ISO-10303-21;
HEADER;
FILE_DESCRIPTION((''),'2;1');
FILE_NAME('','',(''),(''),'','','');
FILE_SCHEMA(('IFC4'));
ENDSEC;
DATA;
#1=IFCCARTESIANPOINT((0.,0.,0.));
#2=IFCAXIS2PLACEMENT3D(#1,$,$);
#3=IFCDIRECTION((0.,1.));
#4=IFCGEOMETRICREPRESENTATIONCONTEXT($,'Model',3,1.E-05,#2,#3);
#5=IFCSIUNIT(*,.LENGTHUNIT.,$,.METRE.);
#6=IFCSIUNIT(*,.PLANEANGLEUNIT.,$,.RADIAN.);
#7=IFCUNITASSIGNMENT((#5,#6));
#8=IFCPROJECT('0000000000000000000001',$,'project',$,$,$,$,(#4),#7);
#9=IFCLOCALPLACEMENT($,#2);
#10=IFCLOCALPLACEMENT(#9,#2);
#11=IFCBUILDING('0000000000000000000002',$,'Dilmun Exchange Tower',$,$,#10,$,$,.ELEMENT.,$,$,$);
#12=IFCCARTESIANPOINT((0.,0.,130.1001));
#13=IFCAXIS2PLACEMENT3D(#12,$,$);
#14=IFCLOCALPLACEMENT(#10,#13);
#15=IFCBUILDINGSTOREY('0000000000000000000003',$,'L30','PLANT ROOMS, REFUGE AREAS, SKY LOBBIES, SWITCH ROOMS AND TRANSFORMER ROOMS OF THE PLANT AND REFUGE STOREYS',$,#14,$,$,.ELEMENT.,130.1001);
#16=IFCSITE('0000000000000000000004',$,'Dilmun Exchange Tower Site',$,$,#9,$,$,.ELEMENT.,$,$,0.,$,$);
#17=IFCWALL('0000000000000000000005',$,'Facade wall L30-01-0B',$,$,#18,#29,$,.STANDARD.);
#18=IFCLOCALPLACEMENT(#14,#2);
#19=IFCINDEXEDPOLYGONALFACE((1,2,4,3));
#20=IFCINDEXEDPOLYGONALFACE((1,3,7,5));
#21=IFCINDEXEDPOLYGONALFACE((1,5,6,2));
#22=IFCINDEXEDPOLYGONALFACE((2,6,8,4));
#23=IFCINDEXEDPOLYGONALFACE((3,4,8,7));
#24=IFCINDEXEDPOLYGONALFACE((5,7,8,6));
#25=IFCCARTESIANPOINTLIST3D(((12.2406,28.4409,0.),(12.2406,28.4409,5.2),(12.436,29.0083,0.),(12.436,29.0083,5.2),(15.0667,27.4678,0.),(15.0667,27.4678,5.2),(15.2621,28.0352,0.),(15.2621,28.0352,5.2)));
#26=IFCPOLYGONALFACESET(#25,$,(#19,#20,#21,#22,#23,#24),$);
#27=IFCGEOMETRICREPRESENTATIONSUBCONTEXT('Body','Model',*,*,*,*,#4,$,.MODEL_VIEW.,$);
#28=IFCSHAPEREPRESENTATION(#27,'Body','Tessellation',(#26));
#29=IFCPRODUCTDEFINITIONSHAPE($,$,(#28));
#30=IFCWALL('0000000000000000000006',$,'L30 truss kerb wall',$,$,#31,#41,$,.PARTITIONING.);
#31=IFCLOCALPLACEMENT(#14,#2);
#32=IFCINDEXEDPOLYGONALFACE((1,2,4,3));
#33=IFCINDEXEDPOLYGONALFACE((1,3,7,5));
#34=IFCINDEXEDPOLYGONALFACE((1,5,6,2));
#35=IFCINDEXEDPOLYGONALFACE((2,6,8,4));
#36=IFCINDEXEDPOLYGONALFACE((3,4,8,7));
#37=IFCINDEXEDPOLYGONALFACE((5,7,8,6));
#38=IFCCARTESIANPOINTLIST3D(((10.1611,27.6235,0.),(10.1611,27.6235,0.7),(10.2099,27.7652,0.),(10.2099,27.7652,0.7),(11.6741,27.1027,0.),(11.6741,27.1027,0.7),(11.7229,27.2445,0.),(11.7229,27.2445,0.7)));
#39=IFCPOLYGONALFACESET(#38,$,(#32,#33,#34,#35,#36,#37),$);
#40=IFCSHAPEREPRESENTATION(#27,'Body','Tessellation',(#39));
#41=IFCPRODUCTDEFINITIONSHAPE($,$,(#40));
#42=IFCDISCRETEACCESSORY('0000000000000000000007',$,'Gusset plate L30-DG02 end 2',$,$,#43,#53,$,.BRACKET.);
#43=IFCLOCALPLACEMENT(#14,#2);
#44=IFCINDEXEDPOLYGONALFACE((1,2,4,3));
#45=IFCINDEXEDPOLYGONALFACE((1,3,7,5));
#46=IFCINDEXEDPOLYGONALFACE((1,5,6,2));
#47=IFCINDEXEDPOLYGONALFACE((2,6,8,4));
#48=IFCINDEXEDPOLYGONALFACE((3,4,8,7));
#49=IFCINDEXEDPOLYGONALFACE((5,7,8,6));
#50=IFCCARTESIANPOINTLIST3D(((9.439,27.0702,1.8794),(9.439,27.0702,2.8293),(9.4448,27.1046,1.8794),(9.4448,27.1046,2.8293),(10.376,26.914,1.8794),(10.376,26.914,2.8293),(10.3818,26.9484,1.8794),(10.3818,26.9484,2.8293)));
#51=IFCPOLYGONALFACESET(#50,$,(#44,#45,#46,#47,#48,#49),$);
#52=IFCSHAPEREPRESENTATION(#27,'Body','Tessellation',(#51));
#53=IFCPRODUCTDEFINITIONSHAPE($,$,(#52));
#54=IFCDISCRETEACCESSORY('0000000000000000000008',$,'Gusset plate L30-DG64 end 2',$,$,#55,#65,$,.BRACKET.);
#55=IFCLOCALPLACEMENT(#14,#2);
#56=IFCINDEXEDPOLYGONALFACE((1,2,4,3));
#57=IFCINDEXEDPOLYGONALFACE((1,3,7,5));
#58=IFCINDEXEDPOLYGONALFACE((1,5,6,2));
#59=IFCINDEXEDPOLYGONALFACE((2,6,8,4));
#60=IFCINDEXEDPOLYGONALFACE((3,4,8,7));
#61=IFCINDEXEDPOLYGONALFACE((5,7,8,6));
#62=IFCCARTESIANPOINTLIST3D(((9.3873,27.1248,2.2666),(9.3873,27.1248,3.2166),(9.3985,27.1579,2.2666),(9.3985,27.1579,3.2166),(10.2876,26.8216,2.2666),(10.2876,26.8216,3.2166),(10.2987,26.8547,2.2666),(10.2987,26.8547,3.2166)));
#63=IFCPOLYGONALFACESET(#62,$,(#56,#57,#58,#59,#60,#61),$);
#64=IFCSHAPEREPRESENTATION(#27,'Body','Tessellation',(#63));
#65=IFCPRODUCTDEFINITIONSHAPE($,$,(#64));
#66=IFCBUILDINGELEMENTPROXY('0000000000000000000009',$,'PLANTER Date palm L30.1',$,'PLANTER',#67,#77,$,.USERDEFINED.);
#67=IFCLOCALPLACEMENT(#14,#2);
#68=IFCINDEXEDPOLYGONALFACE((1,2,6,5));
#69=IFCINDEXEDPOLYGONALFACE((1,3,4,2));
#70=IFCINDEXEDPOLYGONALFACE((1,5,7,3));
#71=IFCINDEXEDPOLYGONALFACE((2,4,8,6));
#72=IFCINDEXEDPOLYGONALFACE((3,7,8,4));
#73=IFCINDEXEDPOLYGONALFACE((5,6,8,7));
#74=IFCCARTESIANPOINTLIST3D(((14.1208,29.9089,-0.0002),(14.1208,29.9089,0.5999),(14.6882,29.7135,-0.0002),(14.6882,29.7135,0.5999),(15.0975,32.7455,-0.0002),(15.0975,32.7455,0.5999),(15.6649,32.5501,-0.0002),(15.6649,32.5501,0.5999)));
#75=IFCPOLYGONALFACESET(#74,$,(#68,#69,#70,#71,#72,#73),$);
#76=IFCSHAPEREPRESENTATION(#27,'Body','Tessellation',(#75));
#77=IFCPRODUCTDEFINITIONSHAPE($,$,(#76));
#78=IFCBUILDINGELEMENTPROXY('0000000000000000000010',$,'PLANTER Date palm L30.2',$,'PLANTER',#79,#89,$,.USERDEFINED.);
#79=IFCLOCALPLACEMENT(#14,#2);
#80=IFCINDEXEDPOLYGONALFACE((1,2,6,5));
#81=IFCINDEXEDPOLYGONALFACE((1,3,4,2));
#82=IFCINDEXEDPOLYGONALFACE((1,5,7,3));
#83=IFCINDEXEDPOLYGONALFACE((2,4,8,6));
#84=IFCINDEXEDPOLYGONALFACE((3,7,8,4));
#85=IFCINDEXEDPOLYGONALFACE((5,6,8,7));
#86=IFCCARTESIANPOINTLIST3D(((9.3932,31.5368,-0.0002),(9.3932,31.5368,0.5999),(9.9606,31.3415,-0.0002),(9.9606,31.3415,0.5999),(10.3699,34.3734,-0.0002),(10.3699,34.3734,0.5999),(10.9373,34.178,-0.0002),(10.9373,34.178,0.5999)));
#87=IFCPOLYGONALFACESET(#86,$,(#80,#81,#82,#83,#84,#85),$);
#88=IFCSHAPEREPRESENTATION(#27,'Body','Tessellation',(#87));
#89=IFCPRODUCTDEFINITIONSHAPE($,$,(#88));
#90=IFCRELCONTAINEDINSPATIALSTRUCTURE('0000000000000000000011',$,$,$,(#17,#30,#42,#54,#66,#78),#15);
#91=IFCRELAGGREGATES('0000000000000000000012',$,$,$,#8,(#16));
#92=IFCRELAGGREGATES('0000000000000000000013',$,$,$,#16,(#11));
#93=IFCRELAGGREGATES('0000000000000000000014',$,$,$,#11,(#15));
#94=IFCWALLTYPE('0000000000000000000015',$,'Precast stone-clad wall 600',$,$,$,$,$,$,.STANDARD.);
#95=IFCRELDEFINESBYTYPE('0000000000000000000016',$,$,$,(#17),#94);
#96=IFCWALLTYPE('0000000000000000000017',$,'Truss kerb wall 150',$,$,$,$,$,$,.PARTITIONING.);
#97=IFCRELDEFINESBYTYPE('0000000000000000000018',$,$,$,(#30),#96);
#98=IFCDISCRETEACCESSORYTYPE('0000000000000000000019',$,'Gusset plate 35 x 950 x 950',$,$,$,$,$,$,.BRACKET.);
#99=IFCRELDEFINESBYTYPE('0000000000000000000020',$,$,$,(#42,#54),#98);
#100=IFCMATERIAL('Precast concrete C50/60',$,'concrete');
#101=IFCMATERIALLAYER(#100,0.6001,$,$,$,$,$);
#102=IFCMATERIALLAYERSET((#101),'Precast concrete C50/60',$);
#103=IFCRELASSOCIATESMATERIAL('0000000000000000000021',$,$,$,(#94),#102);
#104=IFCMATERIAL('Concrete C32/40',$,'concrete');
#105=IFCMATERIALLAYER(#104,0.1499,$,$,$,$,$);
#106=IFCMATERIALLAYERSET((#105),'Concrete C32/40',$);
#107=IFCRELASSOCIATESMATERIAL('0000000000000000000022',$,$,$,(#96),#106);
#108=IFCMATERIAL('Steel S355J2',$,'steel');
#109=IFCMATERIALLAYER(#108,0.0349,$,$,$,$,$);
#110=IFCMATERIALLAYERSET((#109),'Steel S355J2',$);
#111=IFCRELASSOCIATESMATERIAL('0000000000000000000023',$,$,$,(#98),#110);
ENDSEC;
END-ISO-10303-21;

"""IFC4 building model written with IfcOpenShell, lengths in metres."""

from ifc_helpers import new_model, si_unit, direction, frame, frame_2d, origin, origin_2d, place, context, subcontext, project, spatial, rectangle, extrude, material, layer, layer_set, type_object, element, save


model = new_model("IFC4")

# Units and contexts
model_context = context("Model", 3, precision=1e-05, world=origin(), true_north=direction((0.0, 1.0)))
body_context = subcontext(model_context, "Body", "Model", "MODEL_VIEW")
ifc_project = project(units=[si_unit("LENGTHUNIT", "METRE"), si_unit("PLANEANGLEUNIT", "RADIAN")], contexts=[model_context])

# Site, building, storey
site_placement = place(None, origin())
site = spatial("IfcSite", under=ifc_project, at=site_placement, Name="Dilmun Exchange Tower Site", CompositionType="ELEMENT", RefElevation=0.0)
building_placement = place(site_placement, origin())
building = spatial("IfcBuilding", under=site, at=building_placement, Name="Dilmun Exchange Tower", CompositionType="ELEMENT")
storey_placement = place(building_placement, frame((0.0, 0.0, 130.1001)))
storey = spatial("IfcBuildingStorey", under=building, at=storey_placement, Name="L30", Description="PLANT ROOMS, REFUGE AREAS, SKY LOBBIES, SWITCH ROOMS AND TRANSFORMER ROOMS OF THE PLANT AND REFUGE STOREYS", CompositionType="ELEMENT", Elevation=130.1001)

# Wall
ifc_material_1 = material(Name="Precast concrete C50/60", Category="concrete")
ifc_layer_1 = layer(ifc_material_1, 0.6001)
ifc_layer_set_1 = layer_set([ifc_layer_1], Name="Precast concrete C50/60")
wall_type_1 = type_object("IfcWallType", Name="Precast stone-clad wall 600", PredefinedType="STANDARD", material=ifc_layer_set_1)
wall_1_placement = place(storey_placement, frame((15.1646, 27.7515, 0.0), z_axis=(0.0, 0.0, 1.0), x_axis=(-0.945517, 0.325573, 0.0)))
element("IfcWall", 1, at=wall_1_placement, inside=storey, type_object=wall_type_1, Name="Facade wall L30-01-0B", PredefinedType="STANDARD", context=body_context, shape_type="SweptSolid", body=[
    extrude(rectangle(XDim=2.989, YDim=0.6001, at=frame_2d((1.4946, 0.0))), origin(), (0.0, 0.0, 1.0), 5.2),
])

# Wall
ifc_material_2 = material(Name="Concrete C32/40", Category="concrete")
ifc_layer_2 = layer(ifc_material_2, 0.1499)
ifc_layer_set_2 = layer_set([ifc_layer_2], Name="Concrete C32/40")
wall_type_2 = type_object("IfcWallType", Name="Truss kerb wall 150", PredefinedType="PARTITIONING", material=ifc_layer_set_2)
wall_2_placement = place(storey_placement, frame((11.6985, 27.1736, 0.0), z_axis=(0.0, 0.0, 1.0), x_axis=(-0.945556, 0.325459, 0.0)))
element("IfcWall", 2, at=wall_2_placement, inside=storey, type_object=wall_type_2, Name="L30 truss kerb wall", PredefinedType="PARTITIONING", context=body_context, shape_type="SweptSolid", body=[
    extrude(rectangle(XDim=1.6001, YDim=0.1499, at=frame_2d((0.8, 0.0))), origin(), (0.0, 0.0, 1.0), 0.7),
])

# Discrete accessories
ifc_material_3 = material(Name="Steel S355J2", Category="steel")
ifc_layer_3 = layer(ifc_material_3, 0.0349)
ifc_layer_set_3 = layer_set([ifc_layer_3], Name="Steel S355J2")
discrete_accessory_type = type_object("IfcDiscreteAccessoryType", Name="Gusset plate 35 x 950 x 950", PredefinedType="BRACKET", material=ifc_layer_set_3)
for number, where, z_axis, x_axis, name in (
    (3, (9.9104, 27.0093, 1.8794), (0.0, 0.0, 1.0), (0.986388, -0.164436, 0.0), "Gusset plate L30-DG02 end 2"),
    (4, (9.843, 26.9897, 2.2666), (0.0, 0.0, 1.0), (-0.947693, 0.319183, 0.0), "Gusset plate L30-DG64 end 2"),
):
    element("IfcDiscreteAccessory", number, at=place(storey_placement, frame(where, z_axis=z_axis, x_axis=x_axis)), inside=storey, type_object=discrete_accessory_type, Name=name, PredefinedType="BRACKET", context=body_context, shape_type="SweptSolid", body=[
        extrude(rectangle(XDim=0.95, YDim=0.0349, at=origin_2d()), origin(), (0.0, 0.0, 1.0), 0.95),
    ])

# Building element proxies
for number, where, z_axis, x_axis, name in (
    (5, (14.8928, 31.2295, -0.0002), (0.0, 0.0, 1.0), (0.325568, 0.945519, 0.0), "PLANTER Date palm L30.1"),
    (6, (10.1653, 32.8574, -0.0002), (0.0, 0.0, 1.0), (0.325568, 0.945519, 0.0), "PLANTER Date palm L30.2"),
):
    element("IfcBuildingElementProxy", number, at=place(storey_placement, frame(where, z_axis=z_axis, x_axis=x_axis)), inside=storey, Name=name, ObjectType="PLANTER", PredefinedType="USERDEFINED", context=body_context, shape_type="SweptSolid", body=[
        extrude(rectangle(XDim=3.0, YDim=0.6001, at=origin_2d()), origin(), (0.0, 0.0, 1.0), 0.6001),
    ])

save(model, "model.ifc")
